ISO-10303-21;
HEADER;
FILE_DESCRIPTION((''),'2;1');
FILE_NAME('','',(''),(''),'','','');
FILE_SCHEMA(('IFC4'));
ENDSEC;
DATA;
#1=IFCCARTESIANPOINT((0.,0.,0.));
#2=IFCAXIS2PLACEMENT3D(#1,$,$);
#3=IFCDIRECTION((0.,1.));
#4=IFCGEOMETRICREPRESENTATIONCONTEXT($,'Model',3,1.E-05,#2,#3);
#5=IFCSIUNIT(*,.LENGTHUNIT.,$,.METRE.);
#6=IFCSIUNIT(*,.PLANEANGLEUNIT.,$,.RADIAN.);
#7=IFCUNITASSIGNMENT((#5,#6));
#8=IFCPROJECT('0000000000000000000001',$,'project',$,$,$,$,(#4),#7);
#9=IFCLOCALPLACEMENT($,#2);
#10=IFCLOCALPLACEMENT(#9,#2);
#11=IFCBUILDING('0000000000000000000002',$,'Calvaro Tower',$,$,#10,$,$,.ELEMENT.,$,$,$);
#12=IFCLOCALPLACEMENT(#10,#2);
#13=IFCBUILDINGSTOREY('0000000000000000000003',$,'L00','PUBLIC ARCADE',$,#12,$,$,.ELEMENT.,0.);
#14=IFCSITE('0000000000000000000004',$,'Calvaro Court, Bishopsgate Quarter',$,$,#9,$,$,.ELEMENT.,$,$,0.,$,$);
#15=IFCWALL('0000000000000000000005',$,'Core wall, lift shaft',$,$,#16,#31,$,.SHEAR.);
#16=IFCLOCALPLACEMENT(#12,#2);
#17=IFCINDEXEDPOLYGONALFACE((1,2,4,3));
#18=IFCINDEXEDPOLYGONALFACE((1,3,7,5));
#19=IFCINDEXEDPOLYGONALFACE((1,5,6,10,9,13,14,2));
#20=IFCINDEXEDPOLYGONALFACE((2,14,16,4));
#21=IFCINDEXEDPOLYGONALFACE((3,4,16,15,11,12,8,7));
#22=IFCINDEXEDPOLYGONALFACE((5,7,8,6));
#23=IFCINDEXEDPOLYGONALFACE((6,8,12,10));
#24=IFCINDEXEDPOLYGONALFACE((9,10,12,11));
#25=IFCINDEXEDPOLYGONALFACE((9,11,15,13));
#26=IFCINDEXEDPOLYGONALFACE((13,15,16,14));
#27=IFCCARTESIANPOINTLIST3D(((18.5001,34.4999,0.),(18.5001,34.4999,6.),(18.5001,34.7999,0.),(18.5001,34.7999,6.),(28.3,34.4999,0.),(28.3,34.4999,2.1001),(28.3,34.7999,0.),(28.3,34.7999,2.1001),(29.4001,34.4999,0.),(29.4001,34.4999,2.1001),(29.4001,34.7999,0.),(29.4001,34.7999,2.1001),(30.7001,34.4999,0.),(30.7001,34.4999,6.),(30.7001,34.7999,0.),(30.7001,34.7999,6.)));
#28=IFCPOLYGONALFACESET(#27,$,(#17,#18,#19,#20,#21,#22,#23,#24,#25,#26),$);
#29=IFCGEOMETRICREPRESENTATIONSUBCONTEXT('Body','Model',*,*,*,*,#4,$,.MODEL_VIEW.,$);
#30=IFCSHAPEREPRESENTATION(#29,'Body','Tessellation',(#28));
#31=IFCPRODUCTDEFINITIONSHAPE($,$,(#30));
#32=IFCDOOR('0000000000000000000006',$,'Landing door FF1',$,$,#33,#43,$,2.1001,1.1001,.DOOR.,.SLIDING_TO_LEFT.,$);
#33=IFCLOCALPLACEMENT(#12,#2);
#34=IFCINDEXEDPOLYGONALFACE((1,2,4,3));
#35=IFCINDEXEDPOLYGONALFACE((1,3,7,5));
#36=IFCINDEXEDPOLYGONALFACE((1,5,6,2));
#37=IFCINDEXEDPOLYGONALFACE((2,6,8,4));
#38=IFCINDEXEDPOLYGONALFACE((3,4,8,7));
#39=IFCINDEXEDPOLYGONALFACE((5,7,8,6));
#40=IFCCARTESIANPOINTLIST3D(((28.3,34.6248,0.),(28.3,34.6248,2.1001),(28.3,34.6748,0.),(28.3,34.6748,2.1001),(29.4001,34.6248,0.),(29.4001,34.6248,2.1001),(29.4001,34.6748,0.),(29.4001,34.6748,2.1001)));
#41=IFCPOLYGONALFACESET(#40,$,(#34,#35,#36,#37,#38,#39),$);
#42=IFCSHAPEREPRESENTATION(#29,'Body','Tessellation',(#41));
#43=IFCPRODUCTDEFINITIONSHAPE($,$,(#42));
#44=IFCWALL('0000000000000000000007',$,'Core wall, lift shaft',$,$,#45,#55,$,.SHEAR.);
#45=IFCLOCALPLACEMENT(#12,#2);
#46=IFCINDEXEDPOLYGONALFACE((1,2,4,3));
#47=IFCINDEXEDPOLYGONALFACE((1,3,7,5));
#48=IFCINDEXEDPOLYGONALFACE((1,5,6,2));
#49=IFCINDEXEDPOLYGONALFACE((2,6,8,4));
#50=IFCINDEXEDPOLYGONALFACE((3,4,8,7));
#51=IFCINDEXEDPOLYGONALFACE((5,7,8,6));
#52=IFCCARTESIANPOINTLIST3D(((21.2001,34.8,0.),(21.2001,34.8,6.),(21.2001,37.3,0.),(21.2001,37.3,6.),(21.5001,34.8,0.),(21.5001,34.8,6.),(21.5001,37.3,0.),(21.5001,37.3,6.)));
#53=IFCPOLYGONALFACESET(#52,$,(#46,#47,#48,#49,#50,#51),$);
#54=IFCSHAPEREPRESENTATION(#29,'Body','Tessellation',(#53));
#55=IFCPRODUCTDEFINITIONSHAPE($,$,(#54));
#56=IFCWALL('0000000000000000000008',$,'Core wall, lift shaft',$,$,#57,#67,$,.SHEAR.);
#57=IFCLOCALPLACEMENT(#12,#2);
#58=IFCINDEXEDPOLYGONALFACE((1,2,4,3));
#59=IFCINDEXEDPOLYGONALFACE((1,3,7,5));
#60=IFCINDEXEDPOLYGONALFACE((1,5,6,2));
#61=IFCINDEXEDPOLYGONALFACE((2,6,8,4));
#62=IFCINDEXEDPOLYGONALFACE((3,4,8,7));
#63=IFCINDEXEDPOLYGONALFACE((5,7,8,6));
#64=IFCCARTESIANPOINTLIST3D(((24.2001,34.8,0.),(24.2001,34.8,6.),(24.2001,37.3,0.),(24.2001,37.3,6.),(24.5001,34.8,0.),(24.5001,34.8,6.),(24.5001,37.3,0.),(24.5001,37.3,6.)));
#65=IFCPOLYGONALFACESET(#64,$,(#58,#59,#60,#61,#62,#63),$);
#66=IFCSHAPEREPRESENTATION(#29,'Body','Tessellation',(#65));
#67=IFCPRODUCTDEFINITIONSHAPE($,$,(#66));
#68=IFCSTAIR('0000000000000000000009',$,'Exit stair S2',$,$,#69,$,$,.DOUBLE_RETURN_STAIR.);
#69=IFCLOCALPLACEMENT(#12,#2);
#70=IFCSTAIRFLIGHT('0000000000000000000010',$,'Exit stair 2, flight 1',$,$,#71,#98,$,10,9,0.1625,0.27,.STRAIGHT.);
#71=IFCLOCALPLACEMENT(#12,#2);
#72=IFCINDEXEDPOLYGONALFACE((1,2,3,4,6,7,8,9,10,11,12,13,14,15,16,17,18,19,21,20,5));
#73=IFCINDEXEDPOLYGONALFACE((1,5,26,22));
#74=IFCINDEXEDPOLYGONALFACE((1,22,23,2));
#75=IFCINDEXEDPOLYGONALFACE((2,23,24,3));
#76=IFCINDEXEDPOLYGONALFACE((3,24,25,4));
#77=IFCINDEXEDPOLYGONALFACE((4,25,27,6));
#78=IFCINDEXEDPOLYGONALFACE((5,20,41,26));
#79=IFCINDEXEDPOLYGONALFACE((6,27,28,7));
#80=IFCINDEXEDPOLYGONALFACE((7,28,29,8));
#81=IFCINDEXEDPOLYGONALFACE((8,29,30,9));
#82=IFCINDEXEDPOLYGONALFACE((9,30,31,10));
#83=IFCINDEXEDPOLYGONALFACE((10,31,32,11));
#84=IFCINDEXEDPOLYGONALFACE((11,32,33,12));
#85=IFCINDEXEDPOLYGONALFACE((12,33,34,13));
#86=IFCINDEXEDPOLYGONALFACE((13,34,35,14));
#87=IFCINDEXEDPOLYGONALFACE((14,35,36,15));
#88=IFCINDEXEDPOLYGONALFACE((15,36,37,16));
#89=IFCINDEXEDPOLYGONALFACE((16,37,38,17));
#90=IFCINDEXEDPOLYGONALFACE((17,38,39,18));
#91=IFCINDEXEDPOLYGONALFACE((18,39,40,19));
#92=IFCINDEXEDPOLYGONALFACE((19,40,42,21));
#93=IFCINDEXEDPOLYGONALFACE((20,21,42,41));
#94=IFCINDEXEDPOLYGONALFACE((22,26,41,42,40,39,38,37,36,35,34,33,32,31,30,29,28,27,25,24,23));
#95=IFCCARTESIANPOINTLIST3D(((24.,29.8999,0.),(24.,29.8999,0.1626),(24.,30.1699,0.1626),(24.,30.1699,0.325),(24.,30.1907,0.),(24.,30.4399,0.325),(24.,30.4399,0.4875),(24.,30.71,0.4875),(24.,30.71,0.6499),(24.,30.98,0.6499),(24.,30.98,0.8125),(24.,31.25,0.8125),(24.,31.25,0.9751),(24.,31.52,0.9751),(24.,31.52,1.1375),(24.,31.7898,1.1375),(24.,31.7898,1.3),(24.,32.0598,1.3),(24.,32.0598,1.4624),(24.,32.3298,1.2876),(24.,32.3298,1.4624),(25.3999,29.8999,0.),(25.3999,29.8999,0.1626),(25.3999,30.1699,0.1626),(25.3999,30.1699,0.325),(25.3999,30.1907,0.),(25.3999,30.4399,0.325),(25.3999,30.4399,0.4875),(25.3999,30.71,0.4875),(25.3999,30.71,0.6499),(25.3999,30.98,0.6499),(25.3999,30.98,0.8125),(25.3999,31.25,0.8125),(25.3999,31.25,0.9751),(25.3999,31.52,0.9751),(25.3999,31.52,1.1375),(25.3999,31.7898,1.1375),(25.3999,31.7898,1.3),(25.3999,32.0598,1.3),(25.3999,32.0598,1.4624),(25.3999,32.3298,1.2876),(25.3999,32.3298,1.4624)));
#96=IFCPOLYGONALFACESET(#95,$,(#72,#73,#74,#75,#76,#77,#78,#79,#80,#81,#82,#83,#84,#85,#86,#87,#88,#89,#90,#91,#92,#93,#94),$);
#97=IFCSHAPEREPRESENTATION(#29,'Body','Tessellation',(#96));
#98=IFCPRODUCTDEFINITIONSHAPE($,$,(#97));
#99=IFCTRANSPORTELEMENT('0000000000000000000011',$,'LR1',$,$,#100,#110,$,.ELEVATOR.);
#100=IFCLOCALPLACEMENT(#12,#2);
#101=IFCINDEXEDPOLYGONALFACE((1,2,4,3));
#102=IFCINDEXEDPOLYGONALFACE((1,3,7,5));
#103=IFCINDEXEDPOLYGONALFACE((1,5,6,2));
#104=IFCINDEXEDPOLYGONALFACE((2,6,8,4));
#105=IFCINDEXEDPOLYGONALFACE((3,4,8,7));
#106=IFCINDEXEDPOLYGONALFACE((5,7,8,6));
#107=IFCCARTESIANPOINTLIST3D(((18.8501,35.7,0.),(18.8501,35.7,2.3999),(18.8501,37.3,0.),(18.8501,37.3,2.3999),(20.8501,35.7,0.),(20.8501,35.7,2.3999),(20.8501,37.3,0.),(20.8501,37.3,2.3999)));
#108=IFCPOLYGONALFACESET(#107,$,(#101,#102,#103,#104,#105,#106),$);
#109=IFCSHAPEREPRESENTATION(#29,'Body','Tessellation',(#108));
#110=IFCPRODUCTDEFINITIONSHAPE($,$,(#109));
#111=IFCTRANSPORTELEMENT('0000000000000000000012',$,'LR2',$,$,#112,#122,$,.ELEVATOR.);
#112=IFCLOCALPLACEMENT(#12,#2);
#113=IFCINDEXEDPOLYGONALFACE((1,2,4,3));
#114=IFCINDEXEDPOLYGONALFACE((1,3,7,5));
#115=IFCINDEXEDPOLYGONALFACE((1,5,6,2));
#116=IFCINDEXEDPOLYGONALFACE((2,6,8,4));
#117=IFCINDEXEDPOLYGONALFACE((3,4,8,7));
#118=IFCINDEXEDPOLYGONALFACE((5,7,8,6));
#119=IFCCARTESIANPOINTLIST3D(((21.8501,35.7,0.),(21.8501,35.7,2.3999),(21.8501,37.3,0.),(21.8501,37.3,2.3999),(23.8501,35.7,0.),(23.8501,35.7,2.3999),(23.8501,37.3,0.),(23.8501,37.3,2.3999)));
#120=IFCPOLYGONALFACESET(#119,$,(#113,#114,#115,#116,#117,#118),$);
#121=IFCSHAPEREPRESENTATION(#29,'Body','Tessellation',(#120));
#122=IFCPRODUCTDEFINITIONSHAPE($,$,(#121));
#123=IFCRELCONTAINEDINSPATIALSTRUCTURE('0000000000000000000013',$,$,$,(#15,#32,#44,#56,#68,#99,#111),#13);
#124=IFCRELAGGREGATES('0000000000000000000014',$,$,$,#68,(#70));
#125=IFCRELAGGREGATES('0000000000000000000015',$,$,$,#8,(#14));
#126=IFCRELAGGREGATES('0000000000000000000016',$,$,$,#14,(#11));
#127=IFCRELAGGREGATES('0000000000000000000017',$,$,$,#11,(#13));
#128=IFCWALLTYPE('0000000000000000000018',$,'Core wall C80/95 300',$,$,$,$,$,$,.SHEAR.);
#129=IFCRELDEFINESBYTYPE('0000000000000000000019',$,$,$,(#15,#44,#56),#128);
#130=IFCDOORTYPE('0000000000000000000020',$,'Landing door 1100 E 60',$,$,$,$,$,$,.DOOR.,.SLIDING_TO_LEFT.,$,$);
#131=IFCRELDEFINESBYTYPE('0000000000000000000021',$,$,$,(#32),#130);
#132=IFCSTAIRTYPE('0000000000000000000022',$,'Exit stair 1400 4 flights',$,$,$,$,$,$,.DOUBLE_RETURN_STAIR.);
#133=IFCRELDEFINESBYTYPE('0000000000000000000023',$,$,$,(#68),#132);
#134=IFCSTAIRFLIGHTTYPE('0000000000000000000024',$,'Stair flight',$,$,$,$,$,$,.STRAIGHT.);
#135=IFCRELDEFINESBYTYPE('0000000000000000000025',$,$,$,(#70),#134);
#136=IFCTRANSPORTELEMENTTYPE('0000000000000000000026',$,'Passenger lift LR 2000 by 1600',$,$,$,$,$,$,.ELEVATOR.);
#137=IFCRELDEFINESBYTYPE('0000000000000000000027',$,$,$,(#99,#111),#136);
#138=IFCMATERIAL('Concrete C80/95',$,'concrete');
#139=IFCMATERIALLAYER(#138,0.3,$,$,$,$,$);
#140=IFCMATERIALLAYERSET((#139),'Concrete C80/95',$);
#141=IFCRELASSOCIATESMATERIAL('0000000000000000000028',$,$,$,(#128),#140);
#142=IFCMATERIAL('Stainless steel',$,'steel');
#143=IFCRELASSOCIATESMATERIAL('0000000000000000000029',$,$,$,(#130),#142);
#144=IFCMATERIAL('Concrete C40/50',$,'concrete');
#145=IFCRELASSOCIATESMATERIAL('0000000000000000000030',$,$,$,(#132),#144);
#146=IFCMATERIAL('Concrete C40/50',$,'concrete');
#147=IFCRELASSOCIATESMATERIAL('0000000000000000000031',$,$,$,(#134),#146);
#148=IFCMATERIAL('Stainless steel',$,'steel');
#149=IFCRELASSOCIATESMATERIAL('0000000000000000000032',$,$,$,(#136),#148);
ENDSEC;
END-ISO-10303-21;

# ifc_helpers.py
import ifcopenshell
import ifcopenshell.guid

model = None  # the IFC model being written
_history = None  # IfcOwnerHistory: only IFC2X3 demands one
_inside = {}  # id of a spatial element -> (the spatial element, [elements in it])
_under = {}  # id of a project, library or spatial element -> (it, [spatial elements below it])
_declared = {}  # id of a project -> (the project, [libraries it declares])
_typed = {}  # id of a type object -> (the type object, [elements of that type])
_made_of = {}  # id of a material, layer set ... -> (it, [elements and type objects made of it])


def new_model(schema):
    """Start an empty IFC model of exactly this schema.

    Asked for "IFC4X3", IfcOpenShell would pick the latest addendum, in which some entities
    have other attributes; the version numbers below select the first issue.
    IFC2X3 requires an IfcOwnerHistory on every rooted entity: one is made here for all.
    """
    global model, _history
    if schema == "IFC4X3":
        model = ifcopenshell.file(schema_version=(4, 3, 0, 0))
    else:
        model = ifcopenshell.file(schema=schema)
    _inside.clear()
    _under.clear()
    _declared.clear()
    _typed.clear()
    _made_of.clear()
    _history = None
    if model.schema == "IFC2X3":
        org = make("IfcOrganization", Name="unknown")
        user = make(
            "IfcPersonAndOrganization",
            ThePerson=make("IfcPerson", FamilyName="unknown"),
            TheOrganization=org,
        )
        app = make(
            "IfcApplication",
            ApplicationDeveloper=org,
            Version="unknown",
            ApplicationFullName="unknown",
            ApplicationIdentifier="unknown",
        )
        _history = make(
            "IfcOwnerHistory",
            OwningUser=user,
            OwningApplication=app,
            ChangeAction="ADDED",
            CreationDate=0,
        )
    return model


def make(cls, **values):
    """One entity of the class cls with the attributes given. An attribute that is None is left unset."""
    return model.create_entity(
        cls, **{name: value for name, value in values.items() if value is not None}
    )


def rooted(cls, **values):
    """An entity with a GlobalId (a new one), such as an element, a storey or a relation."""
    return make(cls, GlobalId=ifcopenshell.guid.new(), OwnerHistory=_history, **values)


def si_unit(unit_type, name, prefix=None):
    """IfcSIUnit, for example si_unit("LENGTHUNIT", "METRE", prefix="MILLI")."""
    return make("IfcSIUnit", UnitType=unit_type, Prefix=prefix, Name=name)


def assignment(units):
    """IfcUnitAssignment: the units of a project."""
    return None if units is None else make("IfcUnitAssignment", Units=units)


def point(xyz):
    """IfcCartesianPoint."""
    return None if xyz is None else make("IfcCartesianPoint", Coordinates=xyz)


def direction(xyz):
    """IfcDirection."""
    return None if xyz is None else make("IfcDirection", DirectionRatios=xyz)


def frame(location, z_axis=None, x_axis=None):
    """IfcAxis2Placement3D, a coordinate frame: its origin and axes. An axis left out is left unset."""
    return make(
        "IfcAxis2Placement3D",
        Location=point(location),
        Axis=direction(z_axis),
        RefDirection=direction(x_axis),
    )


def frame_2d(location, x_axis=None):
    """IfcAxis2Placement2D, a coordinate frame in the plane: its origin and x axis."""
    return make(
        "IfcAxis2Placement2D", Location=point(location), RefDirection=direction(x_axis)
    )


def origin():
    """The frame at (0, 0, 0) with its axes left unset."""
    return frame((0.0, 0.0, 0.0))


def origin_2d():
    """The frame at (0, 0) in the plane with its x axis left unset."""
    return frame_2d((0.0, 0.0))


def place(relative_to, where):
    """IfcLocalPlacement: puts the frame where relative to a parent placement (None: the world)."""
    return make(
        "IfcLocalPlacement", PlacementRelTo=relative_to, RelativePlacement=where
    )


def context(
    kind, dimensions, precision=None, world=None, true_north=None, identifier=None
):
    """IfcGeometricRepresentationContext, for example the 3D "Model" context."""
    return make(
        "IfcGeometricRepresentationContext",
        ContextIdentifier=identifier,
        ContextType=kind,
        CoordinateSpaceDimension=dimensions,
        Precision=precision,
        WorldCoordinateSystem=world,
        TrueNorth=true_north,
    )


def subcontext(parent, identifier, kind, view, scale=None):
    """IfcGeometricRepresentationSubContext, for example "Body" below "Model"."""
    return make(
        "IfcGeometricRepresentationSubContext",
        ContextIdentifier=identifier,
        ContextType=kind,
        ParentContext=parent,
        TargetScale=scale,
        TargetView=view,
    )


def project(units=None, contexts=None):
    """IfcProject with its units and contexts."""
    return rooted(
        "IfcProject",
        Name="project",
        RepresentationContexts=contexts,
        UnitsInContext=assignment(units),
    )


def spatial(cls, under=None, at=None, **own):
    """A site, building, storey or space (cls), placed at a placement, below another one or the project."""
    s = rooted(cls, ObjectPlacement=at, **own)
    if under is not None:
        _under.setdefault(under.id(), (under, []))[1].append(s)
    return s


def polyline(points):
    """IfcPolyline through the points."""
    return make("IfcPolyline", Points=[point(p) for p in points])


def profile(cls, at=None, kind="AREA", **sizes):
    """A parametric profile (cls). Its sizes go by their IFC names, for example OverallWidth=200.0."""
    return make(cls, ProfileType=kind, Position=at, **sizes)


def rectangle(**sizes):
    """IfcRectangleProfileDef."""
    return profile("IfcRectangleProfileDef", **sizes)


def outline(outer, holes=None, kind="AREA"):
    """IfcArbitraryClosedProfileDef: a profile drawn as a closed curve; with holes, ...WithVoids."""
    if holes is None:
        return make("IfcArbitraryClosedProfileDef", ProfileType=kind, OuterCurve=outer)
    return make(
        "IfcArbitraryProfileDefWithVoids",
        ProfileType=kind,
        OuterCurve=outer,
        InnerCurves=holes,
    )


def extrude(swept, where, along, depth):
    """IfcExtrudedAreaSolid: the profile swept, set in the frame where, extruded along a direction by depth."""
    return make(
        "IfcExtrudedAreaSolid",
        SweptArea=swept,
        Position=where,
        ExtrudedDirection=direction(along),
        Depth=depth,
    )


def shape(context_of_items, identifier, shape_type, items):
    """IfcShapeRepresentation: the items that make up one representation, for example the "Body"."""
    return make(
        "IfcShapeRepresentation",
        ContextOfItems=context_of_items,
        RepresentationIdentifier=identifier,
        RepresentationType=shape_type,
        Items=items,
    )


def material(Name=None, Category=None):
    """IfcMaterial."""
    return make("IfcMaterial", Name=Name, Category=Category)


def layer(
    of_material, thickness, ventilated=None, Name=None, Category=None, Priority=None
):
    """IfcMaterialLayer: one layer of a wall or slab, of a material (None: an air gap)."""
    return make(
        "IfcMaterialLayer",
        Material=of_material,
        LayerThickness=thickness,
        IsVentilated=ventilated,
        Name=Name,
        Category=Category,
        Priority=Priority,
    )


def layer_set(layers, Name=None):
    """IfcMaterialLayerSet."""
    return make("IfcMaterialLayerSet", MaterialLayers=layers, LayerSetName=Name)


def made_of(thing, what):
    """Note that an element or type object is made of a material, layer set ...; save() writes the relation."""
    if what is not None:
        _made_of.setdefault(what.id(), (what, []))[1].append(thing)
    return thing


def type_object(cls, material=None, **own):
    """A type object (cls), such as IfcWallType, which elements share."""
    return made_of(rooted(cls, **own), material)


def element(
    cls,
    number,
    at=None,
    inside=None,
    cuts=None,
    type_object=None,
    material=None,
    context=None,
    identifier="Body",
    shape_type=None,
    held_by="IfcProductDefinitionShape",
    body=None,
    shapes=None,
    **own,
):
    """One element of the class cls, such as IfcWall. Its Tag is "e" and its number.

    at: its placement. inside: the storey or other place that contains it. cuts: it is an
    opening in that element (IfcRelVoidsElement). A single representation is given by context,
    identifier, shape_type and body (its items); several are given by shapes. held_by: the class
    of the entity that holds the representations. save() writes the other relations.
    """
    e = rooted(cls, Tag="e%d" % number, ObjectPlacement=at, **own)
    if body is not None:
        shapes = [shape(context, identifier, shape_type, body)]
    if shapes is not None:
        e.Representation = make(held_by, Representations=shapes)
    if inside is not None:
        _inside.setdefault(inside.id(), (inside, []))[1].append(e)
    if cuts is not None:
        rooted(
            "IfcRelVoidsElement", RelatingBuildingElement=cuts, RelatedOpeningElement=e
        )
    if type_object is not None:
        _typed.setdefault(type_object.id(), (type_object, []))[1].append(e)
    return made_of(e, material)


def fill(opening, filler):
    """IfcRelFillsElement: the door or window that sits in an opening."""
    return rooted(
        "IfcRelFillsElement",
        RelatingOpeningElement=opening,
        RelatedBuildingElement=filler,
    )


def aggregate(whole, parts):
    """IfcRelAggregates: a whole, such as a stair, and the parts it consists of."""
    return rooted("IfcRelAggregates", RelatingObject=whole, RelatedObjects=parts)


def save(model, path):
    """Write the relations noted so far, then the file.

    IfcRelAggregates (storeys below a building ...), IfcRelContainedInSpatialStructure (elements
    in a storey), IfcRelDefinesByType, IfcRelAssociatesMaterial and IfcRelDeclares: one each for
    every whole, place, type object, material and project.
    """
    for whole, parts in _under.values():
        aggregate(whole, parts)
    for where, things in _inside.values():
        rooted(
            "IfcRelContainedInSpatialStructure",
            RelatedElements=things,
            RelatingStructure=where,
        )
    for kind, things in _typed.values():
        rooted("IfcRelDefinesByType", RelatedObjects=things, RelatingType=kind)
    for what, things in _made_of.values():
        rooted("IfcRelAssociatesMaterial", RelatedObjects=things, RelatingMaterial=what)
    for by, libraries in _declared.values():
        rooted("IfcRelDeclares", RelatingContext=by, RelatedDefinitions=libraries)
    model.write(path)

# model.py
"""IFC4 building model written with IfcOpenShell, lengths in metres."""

from ifc_helpers import new_model, si_unit, direction, frame, frame_2d, origin, origin_2d, place, context, subcontext, project, spatial, polyline, rectangle, outline, extrude, material, layer, layer_set, type_object, element, fill, aggregate, save


model = new_model("IFC4")

# Units and contexts
model_context = context("Model", 3, precision=1e-05, world=origin(), true_north=direction((0.0, 1.0)))
body_context = subcontext(model_context, "Body", "Model", "MODEL_VIEW")
ifc_project = project(units=[si_unit("LENGTHUNIT", "METRE"), si_unit("PLANEANGLEUNIT", "RADIAN")], contexts=[model_context])

# Site, building, storey
site_placement = place(None, origin())
site = spatial("IfcSite", under=ifc_project, at=site_placement, Name="Calvaro Court, Bishopsgate Quarter", CompositionType="ELEMENT", RefElevation=0.0)
building_placement = place(site_placement, origin())
building = spatial("IfcBuilding", under=site, at=building_placement, Name="Calvaro Tower", CompositionType="ELEMENT")
storey_placement = place(building_placement, origin())
storey = spatial("IfcBuildingStorey", under=building, at=storey_placement, Name="L00", Description="PUBLIC ARCADE", CompositionType="ELEMENT", Elevation=0.0)

# Wall, opening, door
ifc_material_1 = material(Name="Concrete C80/95", Category="concrete")
ifc_layer = layer(ifc_material_1, 0.3)
ifc_layer_set = layer_set([ifc_layer], Name="Concrete C80/95")
wall_type = type_object("IfcWallType", Name="Core wall C80/95 300", PredefinedType="SHEAR", material=ifc_layer_set)
wall_placement = place(storey_placement, frame((18.5, 34.6499, 0.0), z_axis=(0.0, 0.0, 1.0), x_axis=(1.0, 0.0, 0.0)))
wall = element("IfcWall", 1, at=wall_placement, inside=storey, type_object=wall_type, Name="Core wall, lift shaft", PredefinedType="SHEAR", context=body_context, shape_type="SweptSolid", body=[
    extrude(rectangle(XDim=12.2, YDim=0.3, at=frame_2d((6.1001, 0.0))), origin(), (0.0, 0.0, 1.0), 6.0),
])
opening_placement = place(wall_placement, frame((9.8, 0.0, 0.0)))
opening = element("IfcOpeningElement", 2, at=opening_placement, cuts=wall, PredefinedType="OPENING", context=body_context, shape_type="SweptSolid", body=[
    extrude(rectangle(XDim=1.1001, YDim=2.1001, at=frame_2d((0.55, 1.05))), frame((0.0, 0.1599, 0.0), z_axis=(0.0, -1.0, 0.0), x_axis=(1.0, 0.0, 0.0)), (0.0, 0.0, 1.0), 0.3201),
])
ifc_material_2 = material(Name="Stainless steel", Category="steel")
door_type = type_object("IfcDoorType", Name="Landing door 1100 E 60", OperationType="SLIDING_TO_LEFT", PredefinedType="DOOR", material=ifc_material_2)
door_placement = place(opening_placement, origin())
door = element("IfcDoor", 3, at=door_placement, inside=storey, type_object=door_type, Name="Landing door FF1", OperationType="SLIDING_TO_LEFT", OverallHeight=2.1001, OverallWidth=1.1001, PredefinedType="DOOR", context=body_context, shape_type="SweptSolid", body=[
    extrude(rectangle(XDim=1.1001, YDim=2.1001, at=frame_2d((0.55, 1.05))), frame((0.0, 0.0249, 0.0), z_axis=(0.0, -1.0, 0.0), x_axis=(1.0, 0.0, 0.0)), (0.0, 0.0, 1.0), 0.05),
])
fill(opening, door)

# Walls
for number, where, z_axis, x_axis, name in (
    (4, (21.3501, 34.8, 0.0), (0.0, 0.0, 1.0), (0.0, 1.0, 0.0), "Core wall, lift shaft"),
    (5, (24.3501, 34.8, 0.0), (0.0, 0.0, 1.0), (0.0, 1.0, 0.0), "Core wall, lift shaft"),
):
    element("IfcWall", number, at=place(storey_placement, frame(where, z_axis=z_axis, x_axis=x_axis)), inside=storey, type_object=wall_type, Name=name, PredefinedType="SHEAR", context=body_context, shape_type="SweptSolid", body=[
        extrude(rectangle(XDim=2.5, YDim=0.3, at=frame_2d((1.25, 0.0))), origin(), (0.0, 0.0, 1.0), 6.0),
    ])

# Stair, stair flight
ifc_material_3 = material(Name="Concrete C40/50", Category="concrete")
stair_type = type_object("IfcStairType", Name="Exit stair 1400 4 flights", PredefinedType="DOUBLE_RETURN_STAIR", material=ifc_material_3)
stair_placement = place(storey_placement, origin())
stair = element("IfcStair", 6, at=stair_placement, inside=storey, type_object=stair_type, Name="Exit stair S2", PredefinedType="DOUBLE_RETURN_STAIR")
ifc_material_4 = material(Name="Concrete C40/50", Category="concrete")
stair_flight_type = type_object("IfcStairFlightType", Name="Stair flight", PredefinedType="STRAIGHT", material=ifc_material_4)
stair_flight_placement = place(storey_placement, frame((24.7, 29.8999, 0.0), z_axis=(0.0, 0.0, 1.0), x_axis=(0.0, 1.0, 0.0)))
stair_flight = element("IfcStairFlight", 7, at=stair_flight_placement, type_object=stair_flight_type, Name="Exit stair 2, flight 1", NumberOfRisers=10, NumberOfTreads=9, PredefinedType="STRAIGHT", RiserHeight=0.1625, TreadLength=0.27, context=body_context, shape_type="SweptSolid", body=[
    extrude(outline(polyline([(0.0, 0.0), (0.0, 0.1626), (0.27, 0.1626), (0.27, 0.325), (0.54, 0.325), (0.54, 0.4875), (0.8101, 0.4875), (0.8101, 0.6499), (1.0801, 0.6499), (1.0801, 0.8125), (1.3501, 0.8125), (1.3501, 0.9751), (1.6201, 0.9751), (1.6201, 1.1375), (1.8899, 1.1375), (1.8899, 1.3), (2.1599, 1.3), (2.1599, 1.4624), (2.4299, 1.4624), (2.4299, 1.625), (2.4299, 1.2876), (0.2908, 0.0), (0.0, 0.0)])), frame((0.0, 0.7, 0.0), z_axis=(0.0, -1.0, 0.0), x_axis=(1.0, 0.0, 0.0)), (0.0, 0.0, 1.0), 1.3999),
])
aggregate(stair, [stair_flight])

# Transport elements
ifc_material_5 = material(Name="Stainless steel", Category="steel")
transport_element_type = type_object("IfcTransportElementType", Name="Passenger lift LR 2000 by 1600", PredefinedType="ELEVATOR", material=ifc_material_5)
for number, where, z_axis, x_axis, name in (
    (8, (19.8501, 36.5, 0.0), (0.0, 0.0, 1.0), (1.0, 0.0, 0.0), "LR1"),
    (9, (22.8501, 36.5, 0.0), (0.0, 0.0, 1.0), (1.0, 0.0, 0.0), "LR2"),
):
    element("IfcTransportElement", number, at=place(storey_placement, frame(where, z_axis=z_axis, x_axis=x_axis)), inside=storey, type_object=transport_element_type, Name=name, PredefinedType="ELEVATOR", context=body_context, shape_type="SweptSolid", body=[
        extrude(rectangle(XDim=2.0, YDim=1.6001, at=origin_2d()), origin(), (0.0, 0.0, 1.0), 2.3999),
    ])

save(model, "model.ifc")
